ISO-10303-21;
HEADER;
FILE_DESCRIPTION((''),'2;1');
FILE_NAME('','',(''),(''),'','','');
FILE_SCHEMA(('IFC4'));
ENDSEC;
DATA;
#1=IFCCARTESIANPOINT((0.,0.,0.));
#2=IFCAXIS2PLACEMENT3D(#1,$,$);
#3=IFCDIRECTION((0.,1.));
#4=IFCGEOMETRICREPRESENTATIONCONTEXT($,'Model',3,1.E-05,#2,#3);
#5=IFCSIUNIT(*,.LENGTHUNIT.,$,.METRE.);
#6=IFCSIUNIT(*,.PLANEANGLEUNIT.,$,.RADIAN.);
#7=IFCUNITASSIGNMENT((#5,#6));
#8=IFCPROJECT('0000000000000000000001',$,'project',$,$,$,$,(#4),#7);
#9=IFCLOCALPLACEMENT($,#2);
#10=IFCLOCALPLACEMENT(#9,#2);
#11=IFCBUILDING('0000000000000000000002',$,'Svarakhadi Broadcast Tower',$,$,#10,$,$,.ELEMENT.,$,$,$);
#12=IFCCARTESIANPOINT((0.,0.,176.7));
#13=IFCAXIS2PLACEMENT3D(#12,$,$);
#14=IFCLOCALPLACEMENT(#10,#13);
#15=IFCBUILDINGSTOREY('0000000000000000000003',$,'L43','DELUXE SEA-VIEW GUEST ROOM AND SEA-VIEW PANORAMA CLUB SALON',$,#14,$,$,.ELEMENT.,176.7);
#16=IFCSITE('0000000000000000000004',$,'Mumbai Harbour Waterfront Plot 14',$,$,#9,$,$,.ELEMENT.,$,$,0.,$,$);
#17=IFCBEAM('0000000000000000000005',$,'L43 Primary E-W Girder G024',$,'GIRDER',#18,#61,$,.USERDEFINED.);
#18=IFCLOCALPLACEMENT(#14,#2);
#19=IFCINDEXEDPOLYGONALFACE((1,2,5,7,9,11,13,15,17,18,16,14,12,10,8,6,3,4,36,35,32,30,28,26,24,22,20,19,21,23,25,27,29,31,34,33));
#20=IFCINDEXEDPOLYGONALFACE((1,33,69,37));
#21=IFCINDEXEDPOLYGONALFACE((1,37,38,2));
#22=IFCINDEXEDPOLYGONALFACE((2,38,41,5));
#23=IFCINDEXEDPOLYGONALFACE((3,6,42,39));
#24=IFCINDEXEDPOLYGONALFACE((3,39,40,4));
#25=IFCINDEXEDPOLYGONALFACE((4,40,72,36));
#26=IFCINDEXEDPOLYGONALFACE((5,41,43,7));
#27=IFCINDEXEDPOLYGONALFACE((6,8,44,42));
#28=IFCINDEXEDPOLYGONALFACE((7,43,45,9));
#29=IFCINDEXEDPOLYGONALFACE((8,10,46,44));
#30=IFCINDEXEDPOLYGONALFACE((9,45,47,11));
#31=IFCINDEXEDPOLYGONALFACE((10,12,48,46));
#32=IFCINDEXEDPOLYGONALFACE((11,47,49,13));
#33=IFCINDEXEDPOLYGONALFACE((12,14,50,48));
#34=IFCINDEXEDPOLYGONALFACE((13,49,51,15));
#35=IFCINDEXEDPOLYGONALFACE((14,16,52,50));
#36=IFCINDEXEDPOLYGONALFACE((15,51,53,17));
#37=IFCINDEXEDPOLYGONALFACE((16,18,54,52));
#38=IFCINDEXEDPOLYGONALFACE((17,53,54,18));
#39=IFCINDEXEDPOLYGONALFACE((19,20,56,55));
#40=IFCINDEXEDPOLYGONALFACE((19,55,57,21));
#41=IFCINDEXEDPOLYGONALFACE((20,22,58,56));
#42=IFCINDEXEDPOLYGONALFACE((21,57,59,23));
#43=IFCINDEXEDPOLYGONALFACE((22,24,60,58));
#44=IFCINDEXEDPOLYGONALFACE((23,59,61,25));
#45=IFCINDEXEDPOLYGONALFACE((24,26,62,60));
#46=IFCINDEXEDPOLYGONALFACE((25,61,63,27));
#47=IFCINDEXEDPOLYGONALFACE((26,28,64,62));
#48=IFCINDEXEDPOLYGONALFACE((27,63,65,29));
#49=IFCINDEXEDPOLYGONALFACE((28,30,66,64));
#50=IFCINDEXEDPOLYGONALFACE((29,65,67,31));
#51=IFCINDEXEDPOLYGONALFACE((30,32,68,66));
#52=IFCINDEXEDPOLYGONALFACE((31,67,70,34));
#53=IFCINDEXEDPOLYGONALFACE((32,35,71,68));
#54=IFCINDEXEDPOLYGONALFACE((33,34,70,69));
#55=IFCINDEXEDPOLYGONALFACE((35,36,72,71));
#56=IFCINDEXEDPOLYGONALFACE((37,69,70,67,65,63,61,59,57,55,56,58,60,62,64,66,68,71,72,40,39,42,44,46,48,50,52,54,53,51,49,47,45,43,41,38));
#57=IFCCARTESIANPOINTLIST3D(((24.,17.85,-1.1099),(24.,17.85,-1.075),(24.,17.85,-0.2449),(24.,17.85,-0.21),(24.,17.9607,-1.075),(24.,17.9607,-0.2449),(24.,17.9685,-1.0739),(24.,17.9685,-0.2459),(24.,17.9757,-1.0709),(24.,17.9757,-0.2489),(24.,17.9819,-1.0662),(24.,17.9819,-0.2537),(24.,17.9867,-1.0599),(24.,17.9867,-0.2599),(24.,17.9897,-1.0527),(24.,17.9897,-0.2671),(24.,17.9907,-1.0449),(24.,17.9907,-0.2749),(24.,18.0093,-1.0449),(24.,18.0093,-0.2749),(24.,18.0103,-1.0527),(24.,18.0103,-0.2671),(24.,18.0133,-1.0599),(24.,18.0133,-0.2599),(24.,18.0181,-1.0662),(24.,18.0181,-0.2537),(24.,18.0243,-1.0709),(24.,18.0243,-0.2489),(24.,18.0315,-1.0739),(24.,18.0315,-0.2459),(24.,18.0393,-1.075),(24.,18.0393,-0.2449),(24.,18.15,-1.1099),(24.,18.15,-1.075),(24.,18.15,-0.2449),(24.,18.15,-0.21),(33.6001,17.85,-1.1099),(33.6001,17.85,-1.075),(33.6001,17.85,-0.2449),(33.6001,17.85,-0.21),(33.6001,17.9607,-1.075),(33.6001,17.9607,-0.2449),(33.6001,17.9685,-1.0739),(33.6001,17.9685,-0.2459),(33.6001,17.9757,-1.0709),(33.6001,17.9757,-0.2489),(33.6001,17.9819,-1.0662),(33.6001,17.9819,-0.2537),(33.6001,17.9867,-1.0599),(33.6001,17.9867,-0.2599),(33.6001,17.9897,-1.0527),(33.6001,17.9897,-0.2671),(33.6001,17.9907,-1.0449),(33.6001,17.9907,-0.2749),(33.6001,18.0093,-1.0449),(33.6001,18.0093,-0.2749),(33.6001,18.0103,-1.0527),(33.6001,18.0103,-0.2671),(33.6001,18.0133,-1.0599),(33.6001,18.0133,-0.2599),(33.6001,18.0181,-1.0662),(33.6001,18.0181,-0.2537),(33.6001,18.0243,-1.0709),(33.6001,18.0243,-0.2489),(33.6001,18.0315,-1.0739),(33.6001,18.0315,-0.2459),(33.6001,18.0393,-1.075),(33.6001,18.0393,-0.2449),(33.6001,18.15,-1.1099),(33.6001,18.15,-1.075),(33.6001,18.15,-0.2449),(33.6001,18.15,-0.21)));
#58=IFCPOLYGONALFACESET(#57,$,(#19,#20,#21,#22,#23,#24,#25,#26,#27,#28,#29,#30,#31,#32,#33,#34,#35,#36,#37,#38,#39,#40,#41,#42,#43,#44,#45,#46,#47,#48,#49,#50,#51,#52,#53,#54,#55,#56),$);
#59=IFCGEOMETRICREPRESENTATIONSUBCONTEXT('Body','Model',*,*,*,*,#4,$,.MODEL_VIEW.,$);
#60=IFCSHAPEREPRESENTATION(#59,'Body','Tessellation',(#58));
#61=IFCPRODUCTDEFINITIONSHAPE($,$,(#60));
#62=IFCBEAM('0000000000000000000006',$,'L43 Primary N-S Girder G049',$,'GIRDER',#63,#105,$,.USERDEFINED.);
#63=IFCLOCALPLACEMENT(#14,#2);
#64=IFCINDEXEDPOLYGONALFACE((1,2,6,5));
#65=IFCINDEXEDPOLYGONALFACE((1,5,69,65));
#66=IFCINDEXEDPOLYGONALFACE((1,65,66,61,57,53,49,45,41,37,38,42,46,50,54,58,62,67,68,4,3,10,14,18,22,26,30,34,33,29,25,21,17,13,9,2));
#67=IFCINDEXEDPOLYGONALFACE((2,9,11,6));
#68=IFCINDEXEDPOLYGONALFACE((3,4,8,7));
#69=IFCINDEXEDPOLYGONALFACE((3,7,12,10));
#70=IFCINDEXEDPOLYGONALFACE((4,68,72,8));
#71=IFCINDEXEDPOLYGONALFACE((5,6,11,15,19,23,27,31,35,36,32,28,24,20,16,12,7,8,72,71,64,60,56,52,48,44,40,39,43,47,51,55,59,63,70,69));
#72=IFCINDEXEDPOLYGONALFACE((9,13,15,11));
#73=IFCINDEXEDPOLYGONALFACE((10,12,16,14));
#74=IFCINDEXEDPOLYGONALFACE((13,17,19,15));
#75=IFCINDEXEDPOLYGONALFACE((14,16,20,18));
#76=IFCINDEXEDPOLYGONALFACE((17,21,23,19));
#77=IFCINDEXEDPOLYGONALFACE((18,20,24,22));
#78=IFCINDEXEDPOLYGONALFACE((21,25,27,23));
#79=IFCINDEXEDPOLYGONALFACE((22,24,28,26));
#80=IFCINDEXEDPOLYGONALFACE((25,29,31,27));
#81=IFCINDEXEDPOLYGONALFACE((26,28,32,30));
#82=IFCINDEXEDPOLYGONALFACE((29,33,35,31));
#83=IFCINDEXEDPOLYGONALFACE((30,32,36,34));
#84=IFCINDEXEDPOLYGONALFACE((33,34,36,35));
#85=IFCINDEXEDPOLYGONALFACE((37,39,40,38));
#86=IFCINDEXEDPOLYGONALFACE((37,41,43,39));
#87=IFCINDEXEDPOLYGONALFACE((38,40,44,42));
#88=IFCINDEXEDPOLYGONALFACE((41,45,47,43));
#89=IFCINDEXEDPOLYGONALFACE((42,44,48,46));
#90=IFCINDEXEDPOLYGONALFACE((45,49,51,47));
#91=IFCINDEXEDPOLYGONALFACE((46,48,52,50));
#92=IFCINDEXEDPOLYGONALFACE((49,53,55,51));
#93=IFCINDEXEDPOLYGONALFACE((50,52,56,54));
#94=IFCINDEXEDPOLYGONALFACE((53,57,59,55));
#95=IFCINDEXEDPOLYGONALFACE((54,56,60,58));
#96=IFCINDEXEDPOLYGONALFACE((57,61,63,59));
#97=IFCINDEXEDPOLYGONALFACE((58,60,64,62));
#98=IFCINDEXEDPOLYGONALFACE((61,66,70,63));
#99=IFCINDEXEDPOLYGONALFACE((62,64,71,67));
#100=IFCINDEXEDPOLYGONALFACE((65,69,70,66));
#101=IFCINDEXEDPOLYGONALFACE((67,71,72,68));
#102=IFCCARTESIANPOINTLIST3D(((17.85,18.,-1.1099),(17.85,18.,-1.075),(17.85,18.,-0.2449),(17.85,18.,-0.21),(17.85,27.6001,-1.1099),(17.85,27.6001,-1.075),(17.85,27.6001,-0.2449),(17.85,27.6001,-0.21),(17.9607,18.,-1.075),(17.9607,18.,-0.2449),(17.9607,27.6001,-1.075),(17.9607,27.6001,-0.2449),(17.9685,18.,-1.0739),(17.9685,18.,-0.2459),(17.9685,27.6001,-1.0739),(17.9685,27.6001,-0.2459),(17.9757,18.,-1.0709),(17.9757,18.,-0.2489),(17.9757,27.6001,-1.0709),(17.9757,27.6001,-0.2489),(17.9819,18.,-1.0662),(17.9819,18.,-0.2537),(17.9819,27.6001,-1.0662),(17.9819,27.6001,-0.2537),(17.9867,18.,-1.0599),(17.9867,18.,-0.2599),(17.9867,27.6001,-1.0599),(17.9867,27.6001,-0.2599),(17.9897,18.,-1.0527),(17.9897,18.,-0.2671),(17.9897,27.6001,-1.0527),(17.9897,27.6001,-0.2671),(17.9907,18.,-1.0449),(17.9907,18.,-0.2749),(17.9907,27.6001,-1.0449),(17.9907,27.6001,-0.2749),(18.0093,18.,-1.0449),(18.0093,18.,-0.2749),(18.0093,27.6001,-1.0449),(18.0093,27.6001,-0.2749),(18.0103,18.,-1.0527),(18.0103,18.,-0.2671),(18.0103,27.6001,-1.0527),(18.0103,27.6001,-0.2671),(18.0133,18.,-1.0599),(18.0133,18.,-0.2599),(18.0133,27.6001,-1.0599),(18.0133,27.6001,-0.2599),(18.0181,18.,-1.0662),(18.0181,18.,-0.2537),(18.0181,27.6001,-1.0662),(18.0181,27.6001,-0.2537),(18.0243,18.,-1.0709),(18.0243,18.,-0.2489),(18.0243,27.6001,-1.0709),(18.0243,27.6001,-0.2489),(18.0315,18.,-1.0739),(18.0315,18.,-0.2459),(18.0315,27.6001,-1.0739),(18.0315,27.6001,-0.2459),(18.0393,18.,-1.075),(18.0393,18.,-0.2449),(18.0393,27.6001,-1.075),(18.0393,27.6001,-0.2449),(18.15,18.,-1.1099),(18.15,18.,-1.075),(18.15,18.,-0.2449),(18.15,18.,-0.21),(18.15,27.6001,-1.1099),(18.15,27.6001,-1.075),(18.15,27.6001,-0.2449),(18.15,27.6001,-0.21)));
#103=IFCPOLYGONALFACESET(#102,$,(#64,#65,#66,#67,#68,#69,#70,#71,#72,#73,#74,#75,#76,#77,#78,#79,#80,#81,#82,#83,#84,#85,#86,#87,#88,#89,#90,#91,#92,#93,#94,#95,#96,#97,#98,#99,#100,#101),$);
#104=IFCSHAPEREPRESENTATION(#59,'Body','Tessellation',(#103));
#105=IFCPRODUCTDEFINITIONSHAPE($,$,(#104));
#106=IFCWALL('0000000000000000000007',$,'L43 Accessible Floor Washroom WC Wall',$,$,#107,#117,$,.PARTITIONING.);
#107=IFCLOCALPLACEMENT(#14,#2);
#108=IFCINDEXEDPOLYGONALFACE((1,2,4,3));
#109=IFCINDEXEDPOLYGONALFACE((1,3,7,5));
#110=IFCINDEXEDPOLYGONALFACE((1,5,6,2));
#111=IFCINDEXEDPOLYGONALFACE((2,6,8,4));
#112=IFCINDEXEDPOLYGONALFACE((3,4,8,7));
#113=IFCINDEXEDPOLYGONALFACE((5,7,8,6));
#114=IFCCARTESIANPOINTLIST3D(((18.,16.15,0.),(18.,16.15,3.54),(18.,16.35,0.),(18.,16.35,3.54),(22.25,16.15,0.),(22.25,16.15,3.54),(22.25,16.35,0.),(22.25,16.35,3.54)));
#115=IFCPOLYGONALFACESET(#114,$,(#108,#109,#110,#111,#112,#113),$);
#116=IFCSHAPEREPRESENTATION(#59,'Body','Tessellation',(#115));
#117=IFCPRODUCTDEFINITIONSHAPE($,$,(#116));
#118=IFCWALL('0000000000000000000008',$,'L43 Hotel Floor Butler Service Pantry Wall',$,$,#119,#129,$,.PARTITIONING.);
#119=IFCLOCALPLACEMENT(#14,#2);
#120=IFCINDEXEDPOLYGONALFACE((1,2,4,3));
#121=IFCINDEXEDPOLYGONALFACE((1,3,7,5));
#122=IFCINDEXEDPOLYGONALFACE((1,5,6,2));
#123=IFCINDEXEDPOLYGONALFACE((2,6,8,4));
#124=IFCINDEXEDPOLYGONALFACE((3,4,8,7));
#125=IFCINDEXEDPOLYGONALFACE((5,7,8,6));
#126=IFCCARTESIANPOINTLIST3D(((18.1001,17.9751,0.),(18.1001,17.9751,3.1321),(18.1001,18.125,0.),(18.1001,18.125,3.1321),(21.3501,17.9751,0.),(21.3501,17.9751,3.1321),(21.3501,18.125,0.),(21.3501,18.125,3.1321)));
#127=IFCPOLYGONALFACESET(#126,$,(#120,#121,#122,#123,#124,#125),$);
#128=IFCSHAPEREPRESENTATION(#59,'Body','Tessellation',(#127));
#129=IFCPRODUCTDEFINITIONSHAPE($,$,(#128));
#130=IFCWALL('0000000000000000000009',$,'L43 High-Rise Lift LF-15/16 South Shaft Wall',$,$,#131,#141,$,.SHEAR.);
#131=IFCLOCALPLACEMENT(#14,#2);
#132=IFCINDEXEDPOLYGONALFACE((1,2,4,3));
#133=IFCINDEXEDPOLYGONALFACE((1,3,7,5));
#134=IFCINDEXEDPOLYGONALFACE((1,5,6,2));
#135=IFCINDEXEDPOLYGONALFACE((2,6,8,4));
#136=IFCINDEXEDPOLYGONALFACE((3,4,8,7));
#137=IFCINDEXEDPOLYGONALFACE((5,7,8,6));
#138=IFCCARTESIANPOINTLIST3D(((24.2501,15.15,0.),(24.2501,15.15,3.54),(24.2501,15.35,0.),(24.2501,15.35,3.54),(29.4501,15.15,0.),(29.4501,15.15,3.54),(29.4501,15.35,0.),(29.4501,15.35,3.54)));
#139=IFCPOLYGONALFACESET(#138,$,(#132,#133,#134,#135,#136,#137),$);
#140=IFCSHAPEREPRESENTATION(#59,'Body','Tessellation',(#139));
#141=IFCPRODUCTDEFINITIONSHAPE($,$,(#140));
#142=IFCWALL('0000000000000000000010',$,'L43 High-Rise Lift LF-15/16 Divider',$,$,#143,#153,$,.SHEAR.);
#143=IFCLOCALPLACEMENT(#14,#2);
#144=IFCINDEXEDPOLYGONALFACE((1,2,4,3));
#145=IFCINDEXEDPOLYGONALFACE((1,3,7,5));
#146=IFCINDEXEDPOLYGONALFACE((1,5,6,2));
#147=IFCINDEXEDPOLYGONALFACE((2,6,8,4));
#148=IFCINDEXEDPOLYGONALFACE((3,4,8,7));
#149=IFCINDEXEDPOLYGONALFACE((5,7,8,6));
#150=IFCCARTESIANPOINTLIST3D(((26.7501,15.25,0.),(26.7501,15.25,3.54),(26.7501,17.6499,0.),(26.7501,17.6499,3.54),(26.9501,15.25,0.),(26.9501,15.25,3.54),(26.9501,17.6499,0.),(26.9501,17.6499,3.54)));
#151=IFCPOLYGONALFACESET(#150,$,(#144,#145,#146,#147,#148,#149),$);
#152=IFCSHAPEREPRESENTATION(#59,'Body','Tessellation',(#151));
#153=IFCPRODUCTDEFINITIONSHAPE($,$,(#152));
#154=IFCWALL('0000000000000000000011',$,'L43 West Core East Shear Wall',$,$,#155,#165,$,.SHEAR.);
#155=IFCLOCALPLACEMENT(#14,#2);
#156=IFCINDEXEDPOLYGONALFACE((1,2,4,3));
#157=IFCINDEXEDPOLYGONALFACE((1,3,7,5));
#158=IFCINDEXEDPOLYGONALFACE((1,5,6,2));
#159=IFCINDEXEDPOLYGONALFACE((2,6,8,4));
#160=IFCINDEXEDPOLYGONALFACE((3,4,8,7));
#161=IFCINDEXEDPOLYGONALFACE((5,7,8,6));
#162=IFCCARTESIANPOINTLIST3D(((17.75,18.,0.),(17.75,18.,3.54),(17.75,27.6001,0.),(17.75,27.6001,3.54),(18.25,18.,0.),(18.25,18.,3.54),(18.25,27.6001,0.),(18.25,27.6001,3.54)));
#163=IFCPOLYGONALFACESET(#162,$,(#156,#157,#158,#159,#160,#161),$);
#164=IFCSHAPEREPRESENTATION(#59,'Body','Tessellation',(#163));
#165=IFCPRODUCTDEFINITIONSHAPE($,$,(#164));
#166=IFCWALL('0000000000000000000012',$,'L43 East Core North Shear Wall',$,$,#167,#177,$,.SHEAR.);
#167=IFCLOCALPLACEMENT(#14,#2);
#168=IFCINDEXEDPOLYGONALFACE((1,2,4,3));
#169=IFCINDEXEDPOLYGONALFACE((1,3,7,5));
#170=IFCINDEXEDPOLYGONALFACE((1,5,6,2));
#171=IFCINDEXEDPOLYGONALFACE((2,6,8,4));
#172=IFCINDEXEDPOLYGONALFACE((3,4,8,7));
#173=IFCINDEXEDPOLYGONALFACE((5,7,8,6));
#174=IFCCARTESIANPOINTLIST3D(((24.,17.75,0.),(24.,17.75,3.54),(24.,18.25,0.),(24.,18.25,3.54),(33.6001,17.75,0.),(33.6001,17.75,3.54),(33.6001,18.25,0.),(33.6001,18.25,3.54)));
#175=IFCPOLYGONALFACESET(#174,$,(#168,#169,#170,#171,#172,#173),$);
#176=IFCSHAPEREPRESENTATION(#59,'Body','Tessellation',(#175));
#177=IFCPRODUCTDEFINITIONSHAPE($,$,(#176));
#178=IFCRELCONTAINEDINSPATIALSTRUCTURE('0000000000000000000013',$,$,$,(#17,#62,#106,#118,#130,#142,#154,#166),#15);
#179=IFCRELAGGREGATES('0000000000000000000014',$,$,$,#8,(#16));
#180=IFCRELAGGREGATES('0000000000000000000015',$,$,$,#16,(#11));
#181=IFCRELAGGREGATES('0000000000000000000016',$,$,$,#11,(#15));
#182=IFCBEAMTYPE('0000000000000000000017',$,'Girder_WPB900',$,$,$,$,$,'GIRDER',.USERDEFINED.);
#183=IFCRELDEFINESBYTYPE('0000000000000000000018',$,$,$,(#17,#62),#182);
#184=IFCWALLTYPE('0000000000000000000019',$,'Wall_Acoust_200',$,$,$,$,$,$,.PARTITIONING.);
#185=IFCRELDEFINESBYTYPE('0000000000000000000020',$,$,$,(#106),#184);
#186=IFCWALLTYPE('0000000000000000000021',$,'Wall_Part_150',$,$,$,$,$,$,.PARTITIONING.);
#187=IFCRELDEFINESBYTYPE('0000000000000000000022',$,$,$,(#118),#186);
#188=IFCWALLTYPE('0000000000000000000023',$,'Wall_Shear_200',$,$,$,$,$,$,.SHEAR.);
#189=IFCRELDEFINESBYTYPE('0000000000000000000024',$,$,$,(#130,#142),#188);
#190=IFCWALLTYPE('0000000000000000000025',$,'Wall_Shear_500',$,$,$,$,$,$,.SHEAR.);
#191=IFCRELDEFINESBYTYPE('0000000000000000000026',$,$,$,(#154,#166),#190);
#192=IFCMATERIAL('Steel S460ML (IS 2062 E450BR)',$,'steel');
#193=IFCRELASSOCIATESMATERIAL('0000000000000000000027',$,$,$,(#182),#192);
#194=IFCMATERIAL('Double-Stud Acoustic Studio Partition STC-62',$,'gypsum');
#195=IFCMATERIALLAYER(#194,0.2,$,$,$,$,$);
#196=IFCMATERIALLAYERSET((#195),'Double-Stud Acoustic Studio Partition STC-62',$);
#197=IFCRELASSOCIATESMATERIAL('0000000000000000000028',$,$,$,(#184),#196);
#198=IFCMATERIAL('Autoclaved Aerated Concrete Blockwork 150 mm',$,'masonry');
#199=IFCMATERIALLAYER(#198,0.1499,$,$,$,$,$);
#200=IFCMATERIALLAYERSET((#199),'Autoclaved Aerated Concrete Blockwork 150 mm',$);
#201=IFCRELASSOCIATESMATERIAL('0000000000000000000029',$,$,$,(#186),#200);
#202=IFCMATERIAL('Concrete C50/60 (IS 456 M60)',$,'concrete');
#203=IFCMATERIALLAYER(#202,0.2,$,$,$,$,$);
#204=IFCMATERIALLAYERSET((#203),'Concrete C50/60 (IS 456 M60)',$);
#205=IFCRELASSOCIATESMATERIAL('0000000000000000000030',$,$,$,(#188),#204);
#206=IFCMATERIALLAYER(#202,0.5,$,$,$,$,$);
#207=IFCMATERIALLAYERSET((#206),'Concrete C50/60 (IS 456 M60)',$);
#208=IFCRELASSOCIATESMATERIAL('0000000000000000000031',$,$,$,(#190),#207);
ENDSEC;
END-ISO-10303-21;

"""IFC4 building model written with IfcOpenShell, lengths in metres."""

from ifc_helpers import new_model, si_unit, direction, frame, frame_2d, origin, origin_2d, place, context, subcontext, project, spatial, rectangle, i_section, extrude, material, layer, layer_set, material_profile, profile_set, type_object, element, save


model = new_model("IFC4")

# Units and contexts
model_context = context("Model", 3, precision=1e-05, world=origin(), true_north=direction((0.0, 1.0)))
body_context = subcontext(model_context, "Body", "Model", "MODEL_VIEW")
ifc_project = project(units=[si_unit("LENGTHUNIT", "METRE"), si_unit("PLANEANGLEUNIT", "RADIAN")], contexts=[model_context])

# Site, building, storey
site_placement = place(None, origin())
site = spatial("IfcSite", under=ifc_project, at=site_placement, Name="Mumbai Harbour Waterfront Plot 14", CompositionType="ELEMENT", RefElevation=0.0)
building_placement = place(site_placement, origin())
building = spatial("IfcBuilding", under=site, at=building_placement, Name="Svarakhadi Broadcast Tower", CompositionType="ELEMENT")
storey_placement = place(building_placement, frame((0.0, 0.0, 176.7)))
storey = spatial("IfcBuildingStorey", under=building, at=storey_placement, Name="L43", Description="DELUXE SEA-VIEW GUEST ROOM AND SEA-VIEW PANORAMA CLUB SALON", CompositionType="ELEMENT", Elevation=176.7)

# Shared definitions
ifc_material_1 = material(Name="Concrete C50/60 (IS 456 M60)", Category="concrete")

# Beams
ifc_material_2 = material(Name="Steel S460ML (IS 2062 E450BR)", Category="steel")
ifc_material_profile_1 = material_profile(ifc_material_2, i_section(OverallWidth=0.3, OverallDepth=0.8999, WebThickness=0.0186, FlangeThickness=0.0349, FilletRadius=0.03, at=origin_2d()), Name="WPB 900x300x291")
ifc_profile_set_1 = profile_set([ifc_material_profile_1], Name="Steel S460ML (IS 2062 E450BR)")
beam_type_1 = type_object("IfcBeamType", Name="Girder_WPB900", ElementType="GIRDER", PredefinedType="USERDEFINED", material=ifc_profile_set_1)
for number, where, z_axis, x_axis, name in (
    (1, (24.0, 18.0, -0.6599), (1.0, 0.0, 0.0), (0.0, 1.0, 0.0), "L43 Primary E-W Girder G024"),
    (2, (18.0, 18.0, -0.6599), (0.0, 1.0, 0.0), (-1.0, 0.0, 0.0), "L43 Primary N-S Girder G049"),
):
    element("IfcBeam", number, at=place(storey_placement, frame(where, z_axis=z_axis, x_axis=x_axis)), inside=storey, type_object=beam_type_1, Name=name, ObjectType="GIRDER", PredefinedType="USERDEFINED", context=body_context, shape_type="SweptSolid", body=[
        extrude(i_section(OverallWidth=0.3, OverallDepth=0.8999, WebThickness=0.0186, FlangeThickness=0.0349, FilletRadius=0.03, at=origin_2d()), origin(), (0.0, 0.0, 1.0), 9.6001),
    ])

# Walls
ifc_material_3 = material(Name="Double-Stud Acoustic Studio Partition STC-62", Category="gypsum")
ifc_layer_1 = layer(ifc_material_3, 0.2)
ifc_layer_set_1 = layer_set([ifc_layer_1], Name="Double-Stud Acoustic Studio Partition STC-62")
wall_type_1 = type_object("IfcWallType", Name="Wall_Acoust_200", PredefinedType="PARTITIONING", material=ifc_layer_set_1)
wall_1_placement = place(storey_placement, frame((18.0, 16.25, 0.0), z_axis=(0.0, 0.0, 1.0), x_axis=(1.0, 0.0, 0.0)))
element("IfcWall", 3, at=wall_1_placement, inside=storey, type_object=wall_type_1, Name="L43 Accessible Floor Washroom WC Wall", PredefinedType="PARTITIONING", context=body_context, shape_type="SweptSolid", body=[
    extrude(rectangle(XDim=4.25, YDim=0.2, at=frame_2d((2.125, 0.0))), origin(), (0.0, 0.0, 1.0), 3.54),
])
ifc_material_4 = material(Name="Autoclaved Aerated Concrete Blockwork 150 mm", Category="masonry")
ifc_layer_2 = layer(ifc_material_4, 0.1499)
ifc_layer_set_2 = layer_set([ifc_layer_2], Name="Autoclaved Aerated Concrete Blockwork 150 mm")
wall_type_2 = type_object("IfcWallType", Name="Wall_Part_150", PredefinedType="PARTITIONING", material=ifc_layer_set_2)
wall_2_placement = place(storey_placement, frame((18.1001, 18.05, 0.0), z_axis=(0.0, 0.0, 1.0), x_axis=(1.0, 0.0, 0.0)))
element("IfcWall", 4, at=wall_2_placement, inside=storey, type_object=wall_type_2, Name="L43 Hotel Floor Butler Service Pantry Wall", PredefinedType="PARTITIONING", context=body_context, shape_type="SweptSolid", body=[
    extrude(rectangle(XDim=3.25, YDim=0.1499, at=frame_2d((1.625, 0.0))), origin(), (0.0, 0.0, 1.0), 3.1321),
])

# Shared definitions
ifc_layer_3 = layer(ifc_material_1, 0.2)
ifc_layer_set_3 = layer_set([ifc_layer_3], Name="Concrete C50/60 (IS 456 M60)")
wall_type_3 = type_object("IfcWallType", Name="Wall_Shear_200", PredefinedType="SHEAR", material=ifc_layer_set_3)

# Walls
wall_3_placement = place(storey_placement, frame((24.25, 15.25, 0.0), z_axis=(0.0, 0.0, 1.0), x_axis=(1.0, 0.0, 0.0)))
element("IfcWall", 5, at=wall_3_placement, inside=storey, type_object=wall_type_3, Name="L43 High-Rise Lift LF-15/16 South Shaft Wall", PredefinedType="SHEAR", context=body_context, shape_type="SweptSolid", body=[
    extrude(rectangle(XDim=5.2, YDim=0.2, at=frame_2d((2.6001, 0.0))), origin(), (0.0, 0.0, 1.0), 3.54),
])
wall_4_placement = place(storey_placement, frame((26.8501, 15.25, 0.0), z_axis=(0.0, 0.0, 1.0), x_axis=(0.0, 1.0, 0.0)))
element("IfcWall", 6, at=wall_4_placement, inside=storey, type_object=wall_type_3, Name="L43 High-Rise Lift LF-15/16 Divider", PredefinedType="SHEAR", context=body_context, shape_type="SweptSolid", body=[
    extrude(rectangle(XDim=2.3999, YDim=0.2, at=frame_2d((1.2, 0.0))), origin(), (0.0, 0.0, 1.0), 3.54),
])
ifc_layer_4 = layer(ifc_material_1, 0.5)
ifc_layer_set_4 = layer_set([ifc_layer_4], Name="Concrete C50/60 (IS 456 M60)")
wall_type_4 = type_object("IfcWallType", Name="Wall_Shear_500", PredefinedType="SHEAR", material=ifc_layer_set_4)
for number, where, z_axis, x_axis, name in (
    (7, (18.0, 18.0, 0.0), (0.0, 0.0, 1.0), (0.0, 1.0, 0.0), "L43 West Core East Shear Wall"),
    (8, (24.0, 18.0, 0.0), (0.0, 0.0, 1.0), (1.0, 0.0, 0.0), "L43 East Core North Shear Wall"),
):
    element("IfcWall", number, at=place(storey_placement, frame(where, z_axis=z_axis, x_axis=x_axis)), inside=storey, type_object=wall_type_4, Name=name, PredefinedType="SHEAR", context=body_context, shape_type="SweptSolid", body=[
        extrude(rectangle(XDim=9.6001, YDim=0.5, at=frame_2d((4.8, 0.0))), origin(), (0.0, 0.0, 1.0), 3.54),
    ])

save(model, "model.ifc")
